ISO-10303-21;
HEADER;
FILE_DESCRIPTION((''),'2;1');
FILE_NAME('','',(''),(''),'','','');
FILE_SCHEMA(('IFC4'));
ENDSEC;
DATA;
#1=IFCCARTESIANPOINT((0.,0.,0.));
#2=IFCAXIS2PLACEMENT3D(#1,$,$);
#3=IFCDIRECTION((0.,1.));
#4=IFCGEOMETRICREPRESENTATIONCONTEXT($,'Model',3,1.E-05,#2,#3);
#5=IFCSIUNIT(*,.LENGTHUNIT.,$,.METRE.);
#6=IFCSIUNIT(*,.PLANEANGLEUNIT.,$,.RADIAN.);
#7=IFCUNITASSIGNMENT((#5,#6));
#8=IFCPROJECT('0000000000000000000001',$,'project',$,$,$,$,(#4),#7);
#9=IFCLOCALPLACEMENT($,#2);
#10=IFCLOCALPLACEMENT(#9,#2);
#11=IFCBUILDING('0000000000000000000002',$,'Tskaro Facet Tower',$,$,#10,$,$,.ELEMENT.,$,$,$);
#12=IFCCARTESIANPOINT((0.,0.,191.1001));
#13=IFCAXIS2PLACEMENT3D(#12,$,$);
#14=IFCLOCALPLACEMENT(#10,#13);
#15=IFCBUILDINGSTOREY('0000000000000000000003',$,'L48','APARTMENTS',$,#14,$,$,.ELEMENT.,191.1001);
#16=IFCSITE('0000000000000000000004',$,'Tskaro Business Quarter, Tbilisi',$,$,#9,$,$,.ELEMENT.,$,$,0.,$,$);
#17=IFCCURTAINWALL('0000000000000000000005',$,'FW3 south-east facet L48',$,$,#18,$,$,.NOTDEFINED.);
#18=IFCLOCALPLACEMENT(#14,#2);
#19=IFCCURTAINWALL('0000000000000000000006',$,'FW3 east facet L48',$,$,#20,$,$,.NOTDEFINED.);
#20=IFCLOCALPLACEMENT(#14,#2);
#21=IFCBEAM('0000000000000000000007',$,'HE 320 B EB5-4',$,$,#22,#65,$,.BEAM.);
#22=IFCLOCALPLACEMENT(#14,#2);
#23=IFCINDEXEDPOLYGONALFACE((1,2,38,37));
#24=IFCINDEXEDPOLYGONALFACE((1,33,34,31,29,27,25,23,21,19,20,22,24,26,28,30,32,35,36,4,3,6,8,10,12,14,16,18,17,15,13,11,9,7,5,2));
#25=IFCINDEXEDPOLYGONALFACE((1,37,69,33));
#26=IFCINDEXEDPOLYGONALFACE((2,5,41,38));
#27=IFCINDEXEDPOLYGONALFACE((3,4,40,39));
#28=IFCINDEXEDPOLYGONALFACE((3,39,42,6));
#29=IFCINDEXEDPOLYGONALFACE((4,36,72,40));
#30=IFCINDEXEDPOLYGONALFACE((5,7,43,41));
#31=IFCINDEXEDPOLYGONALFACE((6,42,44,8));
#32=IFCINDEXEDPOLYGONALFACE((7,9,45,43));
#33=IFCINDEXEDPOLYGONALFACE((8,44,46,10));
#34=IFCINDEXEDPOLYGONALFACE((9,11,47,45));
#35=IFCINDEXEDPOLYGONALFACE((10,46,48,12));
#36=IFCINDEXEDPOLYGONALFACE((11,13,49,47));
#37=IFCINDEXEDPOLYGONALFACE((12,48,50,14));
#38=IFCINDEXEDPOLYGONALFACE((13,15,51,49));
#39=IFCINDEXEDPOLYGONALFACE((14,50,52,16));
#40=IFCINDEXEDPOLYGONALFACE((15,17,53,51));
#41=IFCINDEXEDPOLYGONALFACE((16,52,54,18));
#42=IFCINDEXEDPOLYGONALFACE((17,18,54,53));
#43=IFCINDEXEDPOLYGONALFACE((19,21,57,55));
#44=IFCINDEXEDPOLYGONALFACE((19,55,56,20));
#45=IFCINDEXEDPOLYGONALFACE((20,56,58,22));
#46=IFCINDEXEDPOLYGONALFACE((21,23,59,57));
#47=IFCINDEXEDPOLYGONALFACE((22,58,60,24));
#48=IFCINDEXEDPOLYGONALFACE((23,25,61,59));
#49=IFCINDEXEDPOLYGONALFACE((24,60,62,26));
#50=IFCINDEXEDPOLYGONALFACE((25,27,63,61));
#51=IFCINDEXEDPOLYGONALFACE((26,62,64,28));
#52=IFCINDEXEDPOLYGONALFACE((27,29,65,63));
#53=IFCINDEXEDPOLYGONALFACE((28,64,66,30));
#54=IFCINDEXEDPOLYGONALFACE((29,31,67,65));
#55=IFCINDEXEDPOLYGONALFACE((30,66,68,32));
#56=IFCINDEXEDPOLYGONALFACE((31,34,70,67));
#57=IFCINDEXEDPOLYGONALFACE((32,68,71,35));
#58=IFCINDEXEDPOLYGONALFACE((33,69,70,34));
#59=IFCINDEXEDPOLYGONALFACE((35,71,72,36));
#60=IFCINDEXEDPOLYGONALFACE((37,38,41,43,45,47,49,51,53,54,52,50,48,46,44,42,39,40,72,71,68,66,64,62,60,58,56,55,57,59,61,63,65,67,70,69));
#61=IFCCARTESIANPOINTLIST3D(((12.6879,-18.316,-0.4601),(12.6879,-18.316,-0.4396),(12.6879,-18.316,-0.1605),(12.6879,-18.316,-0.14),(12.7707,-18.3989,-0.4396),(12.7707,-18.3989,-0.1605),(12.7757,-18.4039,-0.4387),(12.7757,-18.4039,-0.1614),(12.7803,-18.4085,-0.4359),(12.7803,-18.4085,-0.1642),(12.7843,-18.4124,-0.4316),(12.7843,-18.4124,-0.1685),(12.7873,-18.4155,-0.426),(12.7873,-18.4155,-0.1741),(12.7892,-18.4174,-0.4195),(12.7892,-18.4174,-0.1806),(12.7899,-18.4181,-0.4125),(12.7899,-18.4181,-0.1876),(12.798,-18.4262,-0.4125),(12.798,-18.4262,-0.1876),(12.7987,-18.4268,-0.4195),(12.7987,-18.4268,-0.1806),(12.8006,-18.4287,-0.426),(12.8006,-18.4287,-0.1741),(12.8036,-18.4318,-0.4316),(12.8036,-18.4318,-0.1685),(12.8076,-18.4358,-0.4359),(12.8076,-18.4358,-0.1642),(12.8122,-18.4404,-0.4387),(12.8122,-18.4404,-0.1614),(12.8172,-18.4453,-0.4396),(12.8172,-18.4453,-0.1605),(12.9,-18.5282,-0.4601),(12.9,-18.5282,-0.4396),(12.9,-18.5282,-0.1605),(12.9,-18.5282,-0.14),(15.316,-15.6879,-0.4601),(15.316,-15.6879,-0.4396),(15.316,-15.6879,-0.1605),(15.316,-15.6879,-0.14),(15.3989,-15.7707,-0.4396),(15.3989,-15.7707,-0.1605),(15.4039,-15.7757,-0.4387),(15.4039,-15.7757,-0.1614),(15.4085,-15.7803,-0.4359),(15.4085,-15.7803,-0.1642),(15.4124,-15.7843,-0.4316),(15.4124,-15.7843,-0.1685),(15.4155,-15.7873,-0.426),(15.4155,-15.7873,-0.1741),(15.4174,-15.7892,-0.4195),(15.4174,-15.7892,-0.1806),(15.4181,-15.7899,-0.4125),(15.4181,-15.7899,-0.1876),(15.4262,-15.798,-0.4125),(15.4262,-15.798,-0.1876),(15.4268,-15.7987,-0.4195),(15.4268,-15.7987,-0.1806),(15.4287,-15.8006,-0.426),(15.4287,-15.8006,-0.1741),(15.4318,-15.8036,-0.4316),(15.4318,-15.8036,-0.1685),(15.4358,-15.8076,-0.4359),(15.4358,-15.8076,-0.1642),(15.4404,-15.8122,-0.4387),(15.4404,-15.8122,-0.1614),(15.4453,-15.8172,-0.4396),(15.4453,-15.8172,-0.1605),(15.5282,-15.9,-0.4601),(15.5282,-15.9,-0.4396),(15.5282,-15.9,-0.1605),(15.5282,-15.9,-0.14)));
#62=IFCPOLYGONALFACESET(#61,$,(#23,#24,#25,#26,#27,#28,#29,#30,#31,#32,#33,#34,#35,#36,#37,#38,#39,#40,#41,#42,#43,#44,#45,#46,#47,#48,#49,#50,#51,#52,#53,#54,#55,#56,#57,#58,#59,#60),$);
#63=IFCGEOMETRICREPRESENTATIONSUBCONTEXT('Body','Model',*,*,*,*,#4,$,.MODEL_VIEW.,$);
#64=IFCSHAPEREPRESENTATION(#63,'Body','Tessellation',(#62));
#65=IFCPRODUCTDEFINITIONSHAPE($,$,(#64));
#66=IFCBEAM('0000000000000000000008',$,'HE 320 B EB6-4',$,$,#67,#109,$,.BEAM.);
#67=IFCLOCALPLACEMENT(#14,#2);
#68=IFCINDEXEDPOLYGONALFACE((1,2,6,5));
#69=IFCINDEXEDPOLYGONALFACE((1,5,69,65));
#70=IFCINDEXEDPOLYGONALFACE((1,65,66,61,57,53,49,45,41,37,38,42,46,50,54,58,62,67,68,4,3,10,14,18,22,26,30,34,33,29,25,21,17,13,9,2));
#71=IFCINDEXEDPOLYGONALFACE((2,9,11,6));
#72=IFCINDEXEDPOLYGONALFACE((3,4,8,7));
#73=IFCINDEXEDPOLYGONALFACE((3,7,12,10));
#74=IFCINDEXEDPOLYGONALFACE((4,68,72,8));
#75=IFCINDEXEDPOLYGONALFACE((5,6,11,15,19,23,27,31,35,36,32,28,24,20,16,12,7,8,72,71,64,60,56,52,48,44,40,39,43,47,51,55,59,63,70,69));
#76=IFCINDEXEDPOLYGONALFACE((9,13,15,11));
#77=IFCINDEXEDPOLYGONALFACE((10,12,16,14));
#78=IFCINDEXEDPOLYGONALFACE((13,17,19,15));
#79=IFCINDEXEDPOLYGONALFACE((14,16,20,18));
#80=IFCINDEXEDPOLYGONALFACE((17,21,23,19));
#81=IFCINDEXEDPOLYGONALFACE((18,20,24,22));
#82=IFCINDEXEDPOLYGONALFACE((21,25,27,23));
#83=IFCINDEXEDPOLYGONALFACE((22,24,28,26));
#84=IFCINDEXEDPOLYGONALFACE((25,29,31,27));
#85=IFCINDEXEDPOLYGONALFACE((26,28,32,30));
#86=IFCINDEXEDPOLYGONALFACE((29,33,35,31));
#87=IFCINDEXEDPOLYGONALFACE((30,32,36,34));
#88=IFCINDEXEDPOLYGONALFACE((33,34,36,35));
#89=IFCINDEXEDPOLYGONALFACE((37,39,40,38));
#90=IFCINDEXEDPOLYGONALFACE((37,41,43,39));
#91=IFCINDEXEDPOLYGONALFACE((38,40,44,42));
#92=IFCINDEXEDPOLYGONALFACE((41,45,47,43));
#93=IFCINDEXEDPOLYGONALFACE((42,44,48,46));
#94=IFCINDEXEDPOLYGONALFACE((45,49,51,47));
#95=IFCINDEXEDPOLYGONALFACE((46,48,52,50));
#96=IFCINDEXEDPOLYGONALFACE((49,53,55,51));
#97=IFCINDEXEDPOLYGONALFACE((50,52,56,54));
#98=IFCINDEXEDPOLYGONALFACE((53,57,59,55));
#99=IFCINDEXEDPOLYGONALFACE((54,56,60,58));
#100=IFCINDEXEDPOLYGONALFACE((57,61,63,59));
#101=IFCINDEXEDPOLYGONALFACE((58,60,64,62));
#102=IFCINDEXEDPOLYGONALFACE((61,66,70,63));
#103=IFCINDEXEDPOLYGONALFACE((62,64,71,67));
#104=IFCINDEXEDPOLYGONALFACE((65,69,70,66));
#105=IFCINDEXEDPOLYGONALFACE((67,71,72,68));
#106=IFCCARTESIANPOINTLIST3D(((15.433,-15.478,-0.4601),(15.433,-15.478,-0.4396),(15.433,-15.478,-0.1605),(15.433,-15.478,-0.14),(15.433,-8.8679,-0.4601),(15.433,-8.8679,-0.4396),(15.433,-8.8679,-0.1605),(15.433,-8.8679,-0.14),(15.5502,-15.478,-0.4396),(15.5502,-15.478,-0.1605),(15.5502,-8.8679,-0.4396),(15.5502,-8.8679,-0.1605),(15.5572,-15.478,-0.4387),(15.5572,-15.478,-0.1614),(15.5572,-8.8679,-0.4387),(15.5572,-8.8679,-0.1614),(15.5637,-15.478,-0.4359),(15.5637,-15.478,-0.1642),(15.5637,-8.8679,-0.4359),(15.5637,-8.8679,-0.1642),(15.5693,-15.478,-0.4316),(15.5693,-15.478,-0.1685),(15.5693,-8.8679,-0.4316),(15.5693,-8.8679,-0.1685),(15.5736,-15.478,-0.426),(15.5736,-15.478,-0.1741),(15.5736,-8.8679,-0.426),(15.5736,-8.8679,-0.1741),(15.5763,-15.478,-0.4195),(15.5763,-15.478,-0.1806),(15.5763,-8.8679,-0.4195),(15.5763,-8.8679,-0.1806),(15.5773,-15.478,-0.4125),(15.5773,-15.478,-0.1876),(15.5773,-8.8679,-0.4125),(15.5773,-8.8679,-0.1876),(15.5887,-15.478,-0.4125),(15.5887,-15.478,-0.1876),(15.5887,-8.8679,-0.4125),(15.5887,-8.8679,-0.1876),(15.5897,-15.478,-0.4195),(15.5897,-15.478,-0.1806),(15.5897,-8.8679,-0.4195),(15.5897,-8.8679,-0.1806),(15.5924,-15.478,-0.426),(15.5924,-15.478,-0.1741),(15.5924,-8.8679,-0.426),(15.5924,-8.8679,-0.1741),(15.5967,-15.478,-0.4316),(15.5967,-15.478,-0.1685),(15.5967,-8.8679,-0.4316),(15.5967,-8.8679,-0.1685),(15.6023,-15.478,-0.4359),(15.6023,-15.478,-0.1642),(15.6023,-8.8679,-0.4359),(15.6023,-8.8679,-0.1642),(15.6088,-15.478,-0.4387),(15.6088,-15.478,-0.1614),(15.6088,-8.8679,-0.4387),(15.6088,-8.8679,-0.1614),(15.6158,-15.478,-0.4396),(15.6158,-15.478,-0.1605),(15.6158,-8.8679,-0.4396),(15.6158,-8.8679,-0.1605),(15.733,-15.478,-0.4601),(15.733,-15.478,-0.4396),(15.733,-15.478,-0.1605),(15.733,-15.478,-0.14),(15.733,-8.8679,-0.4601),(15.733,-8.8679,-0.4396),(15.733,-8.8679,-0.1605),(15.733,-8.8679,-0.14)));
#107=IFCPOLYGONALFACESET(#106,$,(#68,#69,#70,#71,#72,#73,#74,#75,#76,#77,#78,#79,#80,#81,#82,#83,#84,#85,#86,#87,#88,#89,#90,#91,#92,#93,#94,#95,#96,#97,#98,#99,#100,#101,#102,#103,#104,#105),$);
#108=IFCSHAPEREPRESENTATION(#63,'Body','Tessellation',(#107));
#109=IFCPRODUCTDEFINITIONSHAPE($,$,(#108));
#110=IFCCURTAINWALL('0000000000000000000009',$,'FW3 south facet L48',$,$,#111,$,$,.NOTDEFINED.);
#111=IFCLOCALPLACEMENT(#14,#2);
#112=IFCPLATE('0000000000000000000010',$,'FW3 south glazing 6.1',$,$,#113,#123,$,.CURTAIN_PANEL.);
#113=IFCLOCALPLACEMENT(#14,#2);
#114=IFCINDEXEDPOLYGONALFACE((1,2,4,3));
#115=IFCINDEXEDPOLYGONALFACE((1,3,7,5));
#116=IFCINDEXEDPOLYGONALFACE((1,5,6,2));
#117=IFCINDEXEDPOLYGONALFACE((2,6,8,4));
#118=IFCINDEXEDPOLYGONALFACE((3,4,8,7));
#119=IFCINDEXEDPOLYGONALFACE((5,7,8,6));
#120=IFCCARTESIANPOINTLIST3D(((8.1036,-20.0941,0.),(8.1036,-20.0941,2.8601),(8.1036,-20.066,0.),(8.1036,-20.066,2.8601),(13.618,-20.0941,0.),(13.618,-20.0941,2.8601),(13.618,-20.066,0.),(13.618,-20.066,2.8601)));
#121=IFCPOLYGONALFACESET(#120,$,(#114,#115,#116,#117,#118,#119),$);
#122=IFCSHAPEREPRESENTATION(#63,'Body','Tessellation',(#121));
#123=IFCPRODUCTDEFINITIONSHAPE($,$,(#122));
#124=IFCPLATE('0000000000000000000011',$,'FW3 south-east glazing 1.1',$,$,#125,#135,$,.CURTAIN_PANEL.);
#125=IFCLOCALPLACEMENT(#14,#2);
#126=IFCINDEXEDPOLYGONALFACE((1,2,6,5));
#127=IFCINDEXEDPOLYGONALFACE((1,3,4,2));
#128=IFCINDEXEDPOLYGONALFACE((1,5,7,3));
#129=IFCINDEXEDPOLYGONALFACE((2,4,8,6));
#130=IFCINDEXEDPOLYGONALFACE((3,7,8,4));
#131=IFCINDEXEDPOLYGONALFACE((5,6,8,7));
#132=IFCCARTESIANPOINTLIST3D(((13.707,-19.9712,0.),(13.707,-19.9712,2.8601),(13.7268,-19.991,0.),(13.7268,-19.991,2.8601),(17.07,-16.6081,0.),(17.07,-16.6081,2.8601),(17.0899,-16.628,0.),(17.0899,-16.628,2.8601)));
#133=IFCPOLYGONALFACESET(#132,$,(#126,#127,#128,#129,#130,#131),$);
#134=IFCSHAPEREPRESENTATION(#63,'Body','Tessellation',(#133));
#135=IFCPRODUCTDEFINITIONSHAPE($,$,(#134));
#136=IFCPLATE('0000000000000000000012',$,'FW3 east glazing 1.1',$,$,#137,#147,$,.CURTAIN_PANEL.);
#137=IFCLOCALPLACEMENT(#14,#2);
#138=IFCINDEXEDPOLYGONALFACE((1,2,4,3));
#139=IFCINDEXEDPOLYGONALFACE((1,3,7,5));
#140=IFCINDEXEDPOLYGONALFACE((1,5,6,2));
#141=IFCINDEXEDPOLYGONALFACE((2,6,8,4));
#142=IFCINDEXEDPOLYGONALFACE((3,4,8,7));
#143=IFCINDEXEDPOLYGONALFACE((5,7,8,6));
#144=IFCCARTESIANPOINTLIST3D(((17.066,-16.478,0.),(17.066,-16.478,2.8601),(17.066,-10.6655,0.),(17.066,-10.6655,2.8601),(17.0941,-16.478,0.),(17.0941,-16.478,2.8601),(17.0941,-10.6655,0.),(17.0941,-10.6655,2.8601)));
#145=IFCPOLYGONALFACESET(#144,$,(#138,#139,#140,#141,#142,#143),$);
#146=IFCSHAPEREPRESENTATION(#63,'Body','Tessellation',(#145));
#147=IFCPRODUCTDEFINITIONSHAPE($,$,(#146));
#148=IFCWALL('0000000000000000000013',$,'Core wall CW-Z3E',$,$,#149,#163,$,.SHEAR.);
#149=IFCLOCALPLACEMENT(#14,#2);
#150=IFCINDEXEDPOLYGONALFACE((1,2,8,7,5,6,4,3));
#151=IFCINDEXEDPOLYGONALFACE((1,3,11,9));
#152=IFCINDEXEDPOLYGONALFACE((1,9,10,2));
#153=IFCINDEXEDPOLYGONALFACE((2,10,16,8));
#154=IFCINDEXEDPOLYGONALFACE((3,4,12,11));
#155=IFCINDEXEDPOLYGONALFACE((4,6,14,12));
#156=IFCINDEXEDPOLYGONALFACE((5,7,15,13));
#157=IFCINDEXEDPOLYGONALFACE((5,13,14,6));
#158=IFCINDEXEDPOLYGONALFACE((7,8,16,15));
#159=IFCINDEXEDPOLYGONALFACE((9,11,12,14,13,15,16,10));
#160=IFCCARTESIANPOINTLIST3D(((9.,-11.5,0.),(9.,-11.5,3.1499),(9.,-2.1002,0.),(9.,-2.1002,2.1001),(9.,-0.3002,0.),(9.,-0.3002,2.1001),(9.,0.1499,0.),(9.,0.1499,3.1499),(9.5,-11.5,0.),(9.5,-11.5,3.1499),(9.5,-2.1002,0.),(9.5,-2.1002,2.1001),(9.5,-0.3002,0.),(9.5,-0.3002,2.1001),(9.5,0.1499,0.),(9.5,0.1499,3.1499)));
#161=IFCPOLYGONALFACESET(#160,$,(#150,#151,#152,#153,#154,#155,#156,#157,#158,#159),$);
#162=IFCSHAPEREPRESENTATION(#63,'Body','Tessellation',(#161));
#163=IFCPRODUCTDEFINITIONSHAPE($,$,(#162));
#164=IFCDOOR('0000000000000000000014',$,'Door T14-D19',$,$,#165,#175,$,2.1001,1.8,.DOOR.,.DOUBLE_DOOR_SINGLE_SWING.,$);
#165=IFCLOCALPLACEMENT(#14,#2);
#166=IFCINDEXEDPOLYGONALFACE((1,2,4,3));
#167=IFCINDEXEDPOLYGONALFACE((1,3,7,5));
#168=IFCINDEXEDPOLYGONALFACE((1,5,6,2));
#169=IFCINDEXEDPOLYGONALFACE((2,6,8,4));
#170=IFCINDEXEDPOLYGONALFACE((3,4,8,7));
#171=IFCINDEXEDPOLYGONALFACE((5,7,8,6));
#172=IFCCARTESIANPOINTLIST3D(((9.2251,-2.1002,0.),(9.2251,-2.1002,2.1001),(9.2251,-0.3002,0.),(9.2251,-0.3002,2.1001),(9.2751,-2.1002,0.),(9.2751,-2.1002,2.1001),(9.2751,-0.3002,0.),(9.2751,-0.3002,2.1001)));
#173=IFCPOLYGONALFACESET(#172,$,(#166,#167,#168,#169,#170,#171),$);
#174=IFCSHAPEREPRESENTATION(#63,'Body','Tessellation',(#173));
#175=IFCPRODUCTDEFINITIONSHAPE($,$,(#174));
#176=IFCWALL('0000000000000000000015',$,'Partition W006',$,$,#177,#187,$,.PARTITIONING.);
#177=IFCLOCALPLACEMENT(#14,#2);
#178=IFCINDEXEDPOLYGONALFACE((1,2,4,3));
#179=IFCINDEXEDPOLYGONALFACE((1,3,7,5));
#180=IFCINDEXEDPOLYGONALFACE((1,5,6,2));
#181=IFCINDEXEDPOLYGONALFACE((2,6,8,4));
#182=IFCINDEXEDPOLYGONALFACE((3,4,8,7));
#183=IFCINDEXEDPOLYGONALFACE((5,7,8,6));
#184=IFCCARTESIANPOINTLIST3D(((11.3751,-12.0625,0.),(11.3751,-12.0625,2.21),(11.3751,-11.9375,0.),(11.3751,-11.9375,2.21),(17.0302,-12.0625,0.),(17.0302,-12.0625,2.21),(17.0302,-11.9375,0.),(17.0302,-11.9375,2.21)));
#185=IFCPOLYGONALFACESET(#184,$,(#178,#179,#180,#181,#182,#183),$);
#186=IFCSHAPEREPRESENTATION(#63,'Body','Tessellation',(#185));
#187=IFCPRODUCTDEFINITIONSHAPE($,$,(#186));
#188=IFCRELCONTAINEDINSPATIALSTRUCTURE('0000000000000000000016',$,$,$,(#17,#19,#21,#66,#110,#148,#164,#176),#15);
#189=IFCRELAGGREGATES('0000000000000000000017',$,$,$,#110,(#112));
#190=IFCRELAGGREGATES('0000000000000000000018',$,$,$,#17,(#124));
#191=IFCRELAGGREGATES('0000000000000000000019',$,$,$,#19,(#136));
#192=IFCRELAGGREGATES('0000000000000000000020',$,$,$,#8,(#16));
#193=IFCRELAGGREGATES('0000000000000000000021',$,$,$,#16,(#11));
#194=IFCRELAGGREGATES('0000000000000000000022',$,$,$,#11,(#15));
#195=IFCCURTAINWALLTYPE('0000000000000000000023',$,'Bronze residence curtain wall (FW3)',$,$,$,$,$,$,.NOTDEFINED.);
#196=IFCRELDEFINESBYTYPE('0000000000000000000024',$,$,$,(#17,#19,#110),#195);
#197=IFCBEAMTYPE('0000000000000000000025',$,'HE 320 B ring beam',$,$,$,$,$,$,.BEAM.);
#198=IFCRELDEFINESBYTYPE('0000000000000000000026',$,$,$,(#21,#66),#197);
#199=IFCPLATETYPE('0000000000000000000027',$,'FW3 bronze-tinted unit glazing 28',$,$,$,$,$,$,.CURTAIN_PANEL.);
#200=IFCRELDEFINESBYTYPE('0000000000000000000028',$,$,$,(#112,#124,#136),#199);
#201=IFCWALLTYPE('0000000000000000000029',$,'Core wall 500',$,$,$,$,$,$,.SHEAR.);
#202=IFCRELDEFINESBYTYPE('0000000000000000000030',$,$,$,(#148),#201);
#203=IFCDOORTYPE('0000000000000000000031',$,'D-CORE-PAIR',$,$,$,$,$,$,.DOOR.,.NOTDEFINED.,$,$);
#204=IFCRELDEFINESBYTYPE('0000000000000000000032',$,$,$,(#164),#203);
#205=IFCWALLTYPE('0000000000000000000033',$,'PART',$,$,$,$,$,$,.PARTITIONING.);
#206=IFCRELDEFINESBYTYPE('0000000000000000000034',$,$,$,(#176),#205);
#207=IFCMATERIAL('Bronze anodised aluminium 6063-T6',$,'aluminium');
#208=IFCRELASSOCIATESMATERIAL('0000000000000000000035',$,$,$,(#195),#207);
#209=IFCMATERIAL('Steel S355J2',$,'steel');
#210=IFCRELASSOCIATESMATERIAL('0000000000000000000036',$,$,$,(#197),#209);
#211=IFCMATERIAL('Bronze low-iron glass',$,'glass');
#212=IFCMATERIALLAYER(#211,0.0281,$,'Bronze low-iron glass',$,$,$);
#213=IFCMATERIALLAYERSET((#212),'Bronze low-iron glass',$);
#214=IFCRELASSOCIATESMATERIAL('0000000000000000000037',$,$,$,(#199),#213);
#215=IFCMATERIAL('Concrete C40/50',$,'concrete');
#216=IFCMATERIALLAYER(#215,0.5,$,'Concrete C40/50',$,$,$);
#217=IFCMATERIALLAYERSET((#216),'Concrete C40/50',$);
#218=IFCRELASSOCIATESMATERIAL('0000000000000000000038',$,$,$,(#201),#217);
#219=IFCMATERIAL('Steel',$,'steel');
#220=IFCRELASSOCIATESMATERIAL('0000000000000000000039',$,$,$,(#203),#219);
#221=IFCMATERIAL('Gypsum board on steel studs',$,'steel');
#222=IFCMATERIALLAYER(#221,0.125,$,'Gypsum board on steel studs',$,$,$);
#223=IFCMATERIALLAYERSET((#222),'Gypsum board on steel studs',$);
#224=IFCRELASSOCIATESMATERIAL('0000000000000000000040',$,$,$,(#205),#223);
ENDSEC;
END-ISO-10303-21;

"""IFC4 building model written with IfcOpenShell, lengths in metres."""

from ifc_helpers import new_model, si_unit, direction, frame, frame_2d, origin, origin_2d, place, context, subcontext, project, spatial, rectangle, i_section, extrude, material, layer, layer_set, material_profile, profile_set, type_object, element, fill, aggregate, save


model = new_model("IFC4")

# Units and contexts
model_context = context("Model", 3, precision=1e-05, world=origin(), true_north=direction((0.0, 1.0)))
body_context = subcontext(model_context, "Body", "Model", "MODEL_VIEW")
ifc_project = project(units=[si_unit("LENGTHUNIT", "METRE"), si_unit("PLANEANGLEUNIT", "RADIAN")], contexts=[model_context])

# Site, building, storey
site_placement = place(None, origin())
site = spatial("IfcSite", under=ifc_project, at=site_placement, Name="Tskaro Business Quarter, Tbilisi", CompositionType="ELEMENT", RefElevation=0.0)
building_placement = place(site_placement, origin())
building = spatial("IfcBuilding", under=site, at=building_placement, Name="Tskaro Facet Tower", CompositionType="ELEMENT")
storey_placement = place(building_placement, frame((0.0, 0.0, 191.1001)))
storey = spatial("IfcBuildingStorey", under=building, at=storey_placement, Name="L48", Description="APARTMENTS", CompositionType="ELEMENT", Elevation=191.1001)

# Curtain walls
ifc_material_1 = material(Name="Bronze anodised aluminium 6063-T6", Category="aluminium")
curtain_wall_type = type_object("IfcCurtainWallType", Name="Bronze residence curtain wall (FW3)", PredefinedType="NOTDEFINED", material=ifc_material_1)
curtain_wall_1_placement = place(storey_placement, origin())
curtain_wall_1 = element("IfcCurtainWall", 1, at=curtain_wall_1_placement, inside=storey, type_object=curtain_wall_type, Name="FW3 south-east facet L48", PredefinedType="NOTDEFINED")
curtain_wall_2_placement = place(storey_placement, origin())
curtain_wall_2 = element("IfcCurtainWall", 2, at=curtain_wall_2_placement, inside=storey, type_object=curtain_wall_type, Name="FW3 east facet L48", PredefinedType="NOTDEFINED")

# Beams
ifc_material_2 = material(Name="Steel S355J2", Category="steel")
ifc_material_profile_1 = material_profile(ifc_material_2, i_section(OverallWidth=0.3, OverallDepth=0.3201, WebThickness=0.0115, FlangeThickness=0.0205, FilletRadius=0.0271, at=origin_2d()), Name="HE 320 B")
ifc_profile_set_1 = profile_set([ifc_material_profile_1], Name="Steel S355J2")
beam_type = type_object("IfcBeamType", Name="HE 320 B ring beam", PredefinedType="BEAM", material=ifc_profile_set_1)
beam_1_placement = place(storey_placement, frame((12.7939, -18.4221, -0.3), z_axis=(0.707107, 0.707107, 0.0), x_axis=(-0.707107, 0.707107, 0.0)))
element("IfcBeam", 3, at=beam_1_placement, inside=storey, type_object=beam_type, Name="HE 320 B EB5-4", PredefinedType="BEAM", context=body_context, shape_type="SweptSolid", body=[
    extrude(i_section(OverallWidth=0.3, OverallDepth=0.3201, WebThickness=0.0115, FlangeThickness=0.0205, FilletRadius=0.0271, at=origin_2d()), origin(), (0.0, 0.0, 1.0), 3.7168),
])
beam_2_placement = place(storey_placement, frame((15.583, -15.478, -0.3), z_axis=(0.0, 1.0, 0.0), x_axis=(-1.0, 0.0, 0.0)))
element("IfcBeam", 4, at=beam_2_placement, inside=storey, type_object=beam_type, Name="HE 320 B EB6-4", PredefinedType="BEAM", context=body_context, shape_type="SweptSolid", body=[
    extrude(i_section(OverallWidth=0.3, OverallDepth=0.3201, WebThickness=0.0115, FlangeThickness=0.0205, FilletRadius=0.0271, at=origin_2d()), origin(), (0.0, 0.0, 1.0), 6.6101),
])

# Curtain wall, plate
curtain_wall_3_placement = place(storey_placement, origin())
curtain_wall_3 = element("IfcCurtainWall", 5, at=curtain_wall_3_placement, inside=storey, type_object=curtain_wall_type, Name="FW3 south facet L48", PredefinedType="NOTDEFINED")
ifc_material_3 = material(Name="Bronze low-iron glass", Category="glass")
ifc_layer_1 = layer(ifc_material_3, 0.0281, Name="Bronze low-iron glass")
ifc_layer_set_1 = layer_set([ifc_layer_1], Name="Bronze low-iron glass")
plate_type = type_object("IfcPlateType", Name="FW3 bronze-tinted unit glazing 28", PredefinedType="CURTAIN_PANEL", material=ifc_layer_set_1)
plate_1_placement = place(storey_placement, frame((10.8608, -20.0801, 0.0), z_axis=(0.0, 0.0, 1.0), x_axis=(1.0, 0.0, 0.0)))
plate_1 = element("IfcPlate", 6, at=plate_1_placement, type_object=plate_type, Name="FW3 south glazing 6.1", PredefinedType="CURTAIN_PANEL", context=body_context, shape_type="SweptSolid", body=[
    extrude(rectangle(XDim=5.5144, YDim=0.0281, at=origin_2d()), origin(), (0.0, 0.0, 1.0), 2.8601),
])
aggregate(curtain_wall_3, [plate_1])

# Plates
plate_2_placement = place(storey_placement, frame((15.3984, -18.2996, 0.0), z_axis=(0.0, 0.0, 1.0), x_axis=(0.707107, 0.707107, 0.0)))
plate_2 = element("IfcPlate", 7, at=plate_2_placement, type_object=plate_type, Name="FW3 south-east glazing 1.1", PredefinedType="CURTAIN_PANEL", context=body_context, shape_type="SweptSolid", body=[
    extrude(rectangle(XDim=4.7561, YDim=0.0281, at=origin_2d()), origin(), (0.0, 0.0, 1.0), 2.8601),
])
aggregate(curtain_wall_1, [plate_2])
plate_3_placement = place(storey_placement, frame((17.0801, -13.5718, 0.0), z_axis=(0.0, 0.0, 1.0), x_axis=(0.0, 1.0, 0.0)))
plate_3 = element("IfcPlate", 8, at=plate_3_placement, type_object=plate_type, Name="FW3 east glazing 1.1", PredefinedType="CURTAIN_PANEL", context=body_context, shape_type="SweptSolid", body=[
    extrude(rectangle(XDim=5.8125, YDim=0.0281, at=origin_2d()), origin(), (0.0, 0.0, 1.0), 2.8601),
])
aggregate(curtain_wall_2, [plate_3])

# Wall, opening, door
ifc_material_4 = material(Name="Concrete C40/50", Category="concrete")
ifc_layer_2 = layer(ifc_material_4, 0.5, Name="Concrete C40/50")
ifc_layer_set_2 = layer_set([ifc_layer_2], Name="Concrete C40/50")
wall_type_1 = type_object("IfcWallType", Name="Core wall 500", PredefinedType="SHEAR", material=ifc_layer_set_2)
wall_1_placement = place(storey_placement, frame((9.25, -11.5, 0.0), z_axis=(0.0, 0.0, 1.0), x_axis=(0.0, 1.0, 0.0)))
wall_1 = element("IfcWall", 9, at=wall_1_placement, inside=storey, type_object=wall_type_1, Name="Core wall CW-Z3E", PredefinedType="SHEAR", context=body_context, shape_type="SweptSolid", body=[
    extrude(rectangle(XDim=11.6499, YDim=0.5, at=frame_2d((5.825, 0.0))), origin(), (0.0, 0.0, 1.0), 3.1499),
])
opening_placement = place(wall_1_placement, frame((9.3999, 0.0, 0.0)))
opening = element("IfcOpeningElement", 10, at=opening_placement, cuts=wall_1, PredefinedType="OPENING", context=body_context, shape_type="SweptSolid", body=[
    extrude(rectangle(XDim=1.8, YDim=2.1001, at=frame_2d((0.8999, 1.05))), frame((0.0, 0.26, 0.0), z_axis=(0.0, -1.0, 0.0), x_axis=(1.0, 0.0, 0.0)), (0.0, 0.0, 1.0), 0.52),
])
ifc_material_5 = material(Name="Steel", Category="steel")
door_type = type_object("IfcDoorType", Name="D-CORE-PAIR", OperationType="NOTDEFINED", PredefinedType="DOOR", material=ifc_material_5)
door_placement = place(opening_placement, origin())
door = element("IfcDoor", 11, at=door_placement, inside=storey, type_object=door_type, Name="Door T14-D19", OperationType="DOUBLE_DOOR_SINGLE_SWING", OverallHeight=2.1001, OverallWidth=1.8, PredefinedType="DOOR", context=body_context, shape_type="SweptSolid", body=[
    extrude(rectangle(XDim=1.8, YDim=2.1001, at=frame_2d((0.8999, 1.05))), frame((0.0, 0.0249, 0.0), z_axis=(0.0, -1.0, 0.0), x_axis=(1.0, 0.0, 0.0)), (0.0, 0.0, 1.0), 0.05),
])
fill(opening, door)

# Wall
ifc_material_6 = material(Name="Gypsum board on steel studs", Category="steel")
ifc_layer_3 = layer(ifc_material_6, 0.125, Name="Gypsum board on steel studs")
ifc_layer_set_3 = layer_set([ifc_layer_3], Name="Gypsum board on steel studs")
wall_type_2 = type_object("IfcWallType", Name="PART", PredefinedType="PARTITIONING", material=ifc_layer_set_3)
wall_2_placement = place(storey_placement, frame((11.375, -12.0, 0.0), z_axis=(0.0, 0.0, 1.0), x_axis=(1.0, 0.0, 0.0)))
element("IfcWall", 12, at=wall_2_placement, inside=storey, type_object=wall_type_2, Name="Partition W006", PredefinedType="PARTITIONING", context=body_context, shape_type="SweptSolid", body=[
    extrude(rectangle(XDim=5.655, YDim=0.125, at=frame_2d((2.8276, 0.0))), origin(), (0.0, 0.0, 1.0), 2.21),
])

save(model, "model.ifc")
